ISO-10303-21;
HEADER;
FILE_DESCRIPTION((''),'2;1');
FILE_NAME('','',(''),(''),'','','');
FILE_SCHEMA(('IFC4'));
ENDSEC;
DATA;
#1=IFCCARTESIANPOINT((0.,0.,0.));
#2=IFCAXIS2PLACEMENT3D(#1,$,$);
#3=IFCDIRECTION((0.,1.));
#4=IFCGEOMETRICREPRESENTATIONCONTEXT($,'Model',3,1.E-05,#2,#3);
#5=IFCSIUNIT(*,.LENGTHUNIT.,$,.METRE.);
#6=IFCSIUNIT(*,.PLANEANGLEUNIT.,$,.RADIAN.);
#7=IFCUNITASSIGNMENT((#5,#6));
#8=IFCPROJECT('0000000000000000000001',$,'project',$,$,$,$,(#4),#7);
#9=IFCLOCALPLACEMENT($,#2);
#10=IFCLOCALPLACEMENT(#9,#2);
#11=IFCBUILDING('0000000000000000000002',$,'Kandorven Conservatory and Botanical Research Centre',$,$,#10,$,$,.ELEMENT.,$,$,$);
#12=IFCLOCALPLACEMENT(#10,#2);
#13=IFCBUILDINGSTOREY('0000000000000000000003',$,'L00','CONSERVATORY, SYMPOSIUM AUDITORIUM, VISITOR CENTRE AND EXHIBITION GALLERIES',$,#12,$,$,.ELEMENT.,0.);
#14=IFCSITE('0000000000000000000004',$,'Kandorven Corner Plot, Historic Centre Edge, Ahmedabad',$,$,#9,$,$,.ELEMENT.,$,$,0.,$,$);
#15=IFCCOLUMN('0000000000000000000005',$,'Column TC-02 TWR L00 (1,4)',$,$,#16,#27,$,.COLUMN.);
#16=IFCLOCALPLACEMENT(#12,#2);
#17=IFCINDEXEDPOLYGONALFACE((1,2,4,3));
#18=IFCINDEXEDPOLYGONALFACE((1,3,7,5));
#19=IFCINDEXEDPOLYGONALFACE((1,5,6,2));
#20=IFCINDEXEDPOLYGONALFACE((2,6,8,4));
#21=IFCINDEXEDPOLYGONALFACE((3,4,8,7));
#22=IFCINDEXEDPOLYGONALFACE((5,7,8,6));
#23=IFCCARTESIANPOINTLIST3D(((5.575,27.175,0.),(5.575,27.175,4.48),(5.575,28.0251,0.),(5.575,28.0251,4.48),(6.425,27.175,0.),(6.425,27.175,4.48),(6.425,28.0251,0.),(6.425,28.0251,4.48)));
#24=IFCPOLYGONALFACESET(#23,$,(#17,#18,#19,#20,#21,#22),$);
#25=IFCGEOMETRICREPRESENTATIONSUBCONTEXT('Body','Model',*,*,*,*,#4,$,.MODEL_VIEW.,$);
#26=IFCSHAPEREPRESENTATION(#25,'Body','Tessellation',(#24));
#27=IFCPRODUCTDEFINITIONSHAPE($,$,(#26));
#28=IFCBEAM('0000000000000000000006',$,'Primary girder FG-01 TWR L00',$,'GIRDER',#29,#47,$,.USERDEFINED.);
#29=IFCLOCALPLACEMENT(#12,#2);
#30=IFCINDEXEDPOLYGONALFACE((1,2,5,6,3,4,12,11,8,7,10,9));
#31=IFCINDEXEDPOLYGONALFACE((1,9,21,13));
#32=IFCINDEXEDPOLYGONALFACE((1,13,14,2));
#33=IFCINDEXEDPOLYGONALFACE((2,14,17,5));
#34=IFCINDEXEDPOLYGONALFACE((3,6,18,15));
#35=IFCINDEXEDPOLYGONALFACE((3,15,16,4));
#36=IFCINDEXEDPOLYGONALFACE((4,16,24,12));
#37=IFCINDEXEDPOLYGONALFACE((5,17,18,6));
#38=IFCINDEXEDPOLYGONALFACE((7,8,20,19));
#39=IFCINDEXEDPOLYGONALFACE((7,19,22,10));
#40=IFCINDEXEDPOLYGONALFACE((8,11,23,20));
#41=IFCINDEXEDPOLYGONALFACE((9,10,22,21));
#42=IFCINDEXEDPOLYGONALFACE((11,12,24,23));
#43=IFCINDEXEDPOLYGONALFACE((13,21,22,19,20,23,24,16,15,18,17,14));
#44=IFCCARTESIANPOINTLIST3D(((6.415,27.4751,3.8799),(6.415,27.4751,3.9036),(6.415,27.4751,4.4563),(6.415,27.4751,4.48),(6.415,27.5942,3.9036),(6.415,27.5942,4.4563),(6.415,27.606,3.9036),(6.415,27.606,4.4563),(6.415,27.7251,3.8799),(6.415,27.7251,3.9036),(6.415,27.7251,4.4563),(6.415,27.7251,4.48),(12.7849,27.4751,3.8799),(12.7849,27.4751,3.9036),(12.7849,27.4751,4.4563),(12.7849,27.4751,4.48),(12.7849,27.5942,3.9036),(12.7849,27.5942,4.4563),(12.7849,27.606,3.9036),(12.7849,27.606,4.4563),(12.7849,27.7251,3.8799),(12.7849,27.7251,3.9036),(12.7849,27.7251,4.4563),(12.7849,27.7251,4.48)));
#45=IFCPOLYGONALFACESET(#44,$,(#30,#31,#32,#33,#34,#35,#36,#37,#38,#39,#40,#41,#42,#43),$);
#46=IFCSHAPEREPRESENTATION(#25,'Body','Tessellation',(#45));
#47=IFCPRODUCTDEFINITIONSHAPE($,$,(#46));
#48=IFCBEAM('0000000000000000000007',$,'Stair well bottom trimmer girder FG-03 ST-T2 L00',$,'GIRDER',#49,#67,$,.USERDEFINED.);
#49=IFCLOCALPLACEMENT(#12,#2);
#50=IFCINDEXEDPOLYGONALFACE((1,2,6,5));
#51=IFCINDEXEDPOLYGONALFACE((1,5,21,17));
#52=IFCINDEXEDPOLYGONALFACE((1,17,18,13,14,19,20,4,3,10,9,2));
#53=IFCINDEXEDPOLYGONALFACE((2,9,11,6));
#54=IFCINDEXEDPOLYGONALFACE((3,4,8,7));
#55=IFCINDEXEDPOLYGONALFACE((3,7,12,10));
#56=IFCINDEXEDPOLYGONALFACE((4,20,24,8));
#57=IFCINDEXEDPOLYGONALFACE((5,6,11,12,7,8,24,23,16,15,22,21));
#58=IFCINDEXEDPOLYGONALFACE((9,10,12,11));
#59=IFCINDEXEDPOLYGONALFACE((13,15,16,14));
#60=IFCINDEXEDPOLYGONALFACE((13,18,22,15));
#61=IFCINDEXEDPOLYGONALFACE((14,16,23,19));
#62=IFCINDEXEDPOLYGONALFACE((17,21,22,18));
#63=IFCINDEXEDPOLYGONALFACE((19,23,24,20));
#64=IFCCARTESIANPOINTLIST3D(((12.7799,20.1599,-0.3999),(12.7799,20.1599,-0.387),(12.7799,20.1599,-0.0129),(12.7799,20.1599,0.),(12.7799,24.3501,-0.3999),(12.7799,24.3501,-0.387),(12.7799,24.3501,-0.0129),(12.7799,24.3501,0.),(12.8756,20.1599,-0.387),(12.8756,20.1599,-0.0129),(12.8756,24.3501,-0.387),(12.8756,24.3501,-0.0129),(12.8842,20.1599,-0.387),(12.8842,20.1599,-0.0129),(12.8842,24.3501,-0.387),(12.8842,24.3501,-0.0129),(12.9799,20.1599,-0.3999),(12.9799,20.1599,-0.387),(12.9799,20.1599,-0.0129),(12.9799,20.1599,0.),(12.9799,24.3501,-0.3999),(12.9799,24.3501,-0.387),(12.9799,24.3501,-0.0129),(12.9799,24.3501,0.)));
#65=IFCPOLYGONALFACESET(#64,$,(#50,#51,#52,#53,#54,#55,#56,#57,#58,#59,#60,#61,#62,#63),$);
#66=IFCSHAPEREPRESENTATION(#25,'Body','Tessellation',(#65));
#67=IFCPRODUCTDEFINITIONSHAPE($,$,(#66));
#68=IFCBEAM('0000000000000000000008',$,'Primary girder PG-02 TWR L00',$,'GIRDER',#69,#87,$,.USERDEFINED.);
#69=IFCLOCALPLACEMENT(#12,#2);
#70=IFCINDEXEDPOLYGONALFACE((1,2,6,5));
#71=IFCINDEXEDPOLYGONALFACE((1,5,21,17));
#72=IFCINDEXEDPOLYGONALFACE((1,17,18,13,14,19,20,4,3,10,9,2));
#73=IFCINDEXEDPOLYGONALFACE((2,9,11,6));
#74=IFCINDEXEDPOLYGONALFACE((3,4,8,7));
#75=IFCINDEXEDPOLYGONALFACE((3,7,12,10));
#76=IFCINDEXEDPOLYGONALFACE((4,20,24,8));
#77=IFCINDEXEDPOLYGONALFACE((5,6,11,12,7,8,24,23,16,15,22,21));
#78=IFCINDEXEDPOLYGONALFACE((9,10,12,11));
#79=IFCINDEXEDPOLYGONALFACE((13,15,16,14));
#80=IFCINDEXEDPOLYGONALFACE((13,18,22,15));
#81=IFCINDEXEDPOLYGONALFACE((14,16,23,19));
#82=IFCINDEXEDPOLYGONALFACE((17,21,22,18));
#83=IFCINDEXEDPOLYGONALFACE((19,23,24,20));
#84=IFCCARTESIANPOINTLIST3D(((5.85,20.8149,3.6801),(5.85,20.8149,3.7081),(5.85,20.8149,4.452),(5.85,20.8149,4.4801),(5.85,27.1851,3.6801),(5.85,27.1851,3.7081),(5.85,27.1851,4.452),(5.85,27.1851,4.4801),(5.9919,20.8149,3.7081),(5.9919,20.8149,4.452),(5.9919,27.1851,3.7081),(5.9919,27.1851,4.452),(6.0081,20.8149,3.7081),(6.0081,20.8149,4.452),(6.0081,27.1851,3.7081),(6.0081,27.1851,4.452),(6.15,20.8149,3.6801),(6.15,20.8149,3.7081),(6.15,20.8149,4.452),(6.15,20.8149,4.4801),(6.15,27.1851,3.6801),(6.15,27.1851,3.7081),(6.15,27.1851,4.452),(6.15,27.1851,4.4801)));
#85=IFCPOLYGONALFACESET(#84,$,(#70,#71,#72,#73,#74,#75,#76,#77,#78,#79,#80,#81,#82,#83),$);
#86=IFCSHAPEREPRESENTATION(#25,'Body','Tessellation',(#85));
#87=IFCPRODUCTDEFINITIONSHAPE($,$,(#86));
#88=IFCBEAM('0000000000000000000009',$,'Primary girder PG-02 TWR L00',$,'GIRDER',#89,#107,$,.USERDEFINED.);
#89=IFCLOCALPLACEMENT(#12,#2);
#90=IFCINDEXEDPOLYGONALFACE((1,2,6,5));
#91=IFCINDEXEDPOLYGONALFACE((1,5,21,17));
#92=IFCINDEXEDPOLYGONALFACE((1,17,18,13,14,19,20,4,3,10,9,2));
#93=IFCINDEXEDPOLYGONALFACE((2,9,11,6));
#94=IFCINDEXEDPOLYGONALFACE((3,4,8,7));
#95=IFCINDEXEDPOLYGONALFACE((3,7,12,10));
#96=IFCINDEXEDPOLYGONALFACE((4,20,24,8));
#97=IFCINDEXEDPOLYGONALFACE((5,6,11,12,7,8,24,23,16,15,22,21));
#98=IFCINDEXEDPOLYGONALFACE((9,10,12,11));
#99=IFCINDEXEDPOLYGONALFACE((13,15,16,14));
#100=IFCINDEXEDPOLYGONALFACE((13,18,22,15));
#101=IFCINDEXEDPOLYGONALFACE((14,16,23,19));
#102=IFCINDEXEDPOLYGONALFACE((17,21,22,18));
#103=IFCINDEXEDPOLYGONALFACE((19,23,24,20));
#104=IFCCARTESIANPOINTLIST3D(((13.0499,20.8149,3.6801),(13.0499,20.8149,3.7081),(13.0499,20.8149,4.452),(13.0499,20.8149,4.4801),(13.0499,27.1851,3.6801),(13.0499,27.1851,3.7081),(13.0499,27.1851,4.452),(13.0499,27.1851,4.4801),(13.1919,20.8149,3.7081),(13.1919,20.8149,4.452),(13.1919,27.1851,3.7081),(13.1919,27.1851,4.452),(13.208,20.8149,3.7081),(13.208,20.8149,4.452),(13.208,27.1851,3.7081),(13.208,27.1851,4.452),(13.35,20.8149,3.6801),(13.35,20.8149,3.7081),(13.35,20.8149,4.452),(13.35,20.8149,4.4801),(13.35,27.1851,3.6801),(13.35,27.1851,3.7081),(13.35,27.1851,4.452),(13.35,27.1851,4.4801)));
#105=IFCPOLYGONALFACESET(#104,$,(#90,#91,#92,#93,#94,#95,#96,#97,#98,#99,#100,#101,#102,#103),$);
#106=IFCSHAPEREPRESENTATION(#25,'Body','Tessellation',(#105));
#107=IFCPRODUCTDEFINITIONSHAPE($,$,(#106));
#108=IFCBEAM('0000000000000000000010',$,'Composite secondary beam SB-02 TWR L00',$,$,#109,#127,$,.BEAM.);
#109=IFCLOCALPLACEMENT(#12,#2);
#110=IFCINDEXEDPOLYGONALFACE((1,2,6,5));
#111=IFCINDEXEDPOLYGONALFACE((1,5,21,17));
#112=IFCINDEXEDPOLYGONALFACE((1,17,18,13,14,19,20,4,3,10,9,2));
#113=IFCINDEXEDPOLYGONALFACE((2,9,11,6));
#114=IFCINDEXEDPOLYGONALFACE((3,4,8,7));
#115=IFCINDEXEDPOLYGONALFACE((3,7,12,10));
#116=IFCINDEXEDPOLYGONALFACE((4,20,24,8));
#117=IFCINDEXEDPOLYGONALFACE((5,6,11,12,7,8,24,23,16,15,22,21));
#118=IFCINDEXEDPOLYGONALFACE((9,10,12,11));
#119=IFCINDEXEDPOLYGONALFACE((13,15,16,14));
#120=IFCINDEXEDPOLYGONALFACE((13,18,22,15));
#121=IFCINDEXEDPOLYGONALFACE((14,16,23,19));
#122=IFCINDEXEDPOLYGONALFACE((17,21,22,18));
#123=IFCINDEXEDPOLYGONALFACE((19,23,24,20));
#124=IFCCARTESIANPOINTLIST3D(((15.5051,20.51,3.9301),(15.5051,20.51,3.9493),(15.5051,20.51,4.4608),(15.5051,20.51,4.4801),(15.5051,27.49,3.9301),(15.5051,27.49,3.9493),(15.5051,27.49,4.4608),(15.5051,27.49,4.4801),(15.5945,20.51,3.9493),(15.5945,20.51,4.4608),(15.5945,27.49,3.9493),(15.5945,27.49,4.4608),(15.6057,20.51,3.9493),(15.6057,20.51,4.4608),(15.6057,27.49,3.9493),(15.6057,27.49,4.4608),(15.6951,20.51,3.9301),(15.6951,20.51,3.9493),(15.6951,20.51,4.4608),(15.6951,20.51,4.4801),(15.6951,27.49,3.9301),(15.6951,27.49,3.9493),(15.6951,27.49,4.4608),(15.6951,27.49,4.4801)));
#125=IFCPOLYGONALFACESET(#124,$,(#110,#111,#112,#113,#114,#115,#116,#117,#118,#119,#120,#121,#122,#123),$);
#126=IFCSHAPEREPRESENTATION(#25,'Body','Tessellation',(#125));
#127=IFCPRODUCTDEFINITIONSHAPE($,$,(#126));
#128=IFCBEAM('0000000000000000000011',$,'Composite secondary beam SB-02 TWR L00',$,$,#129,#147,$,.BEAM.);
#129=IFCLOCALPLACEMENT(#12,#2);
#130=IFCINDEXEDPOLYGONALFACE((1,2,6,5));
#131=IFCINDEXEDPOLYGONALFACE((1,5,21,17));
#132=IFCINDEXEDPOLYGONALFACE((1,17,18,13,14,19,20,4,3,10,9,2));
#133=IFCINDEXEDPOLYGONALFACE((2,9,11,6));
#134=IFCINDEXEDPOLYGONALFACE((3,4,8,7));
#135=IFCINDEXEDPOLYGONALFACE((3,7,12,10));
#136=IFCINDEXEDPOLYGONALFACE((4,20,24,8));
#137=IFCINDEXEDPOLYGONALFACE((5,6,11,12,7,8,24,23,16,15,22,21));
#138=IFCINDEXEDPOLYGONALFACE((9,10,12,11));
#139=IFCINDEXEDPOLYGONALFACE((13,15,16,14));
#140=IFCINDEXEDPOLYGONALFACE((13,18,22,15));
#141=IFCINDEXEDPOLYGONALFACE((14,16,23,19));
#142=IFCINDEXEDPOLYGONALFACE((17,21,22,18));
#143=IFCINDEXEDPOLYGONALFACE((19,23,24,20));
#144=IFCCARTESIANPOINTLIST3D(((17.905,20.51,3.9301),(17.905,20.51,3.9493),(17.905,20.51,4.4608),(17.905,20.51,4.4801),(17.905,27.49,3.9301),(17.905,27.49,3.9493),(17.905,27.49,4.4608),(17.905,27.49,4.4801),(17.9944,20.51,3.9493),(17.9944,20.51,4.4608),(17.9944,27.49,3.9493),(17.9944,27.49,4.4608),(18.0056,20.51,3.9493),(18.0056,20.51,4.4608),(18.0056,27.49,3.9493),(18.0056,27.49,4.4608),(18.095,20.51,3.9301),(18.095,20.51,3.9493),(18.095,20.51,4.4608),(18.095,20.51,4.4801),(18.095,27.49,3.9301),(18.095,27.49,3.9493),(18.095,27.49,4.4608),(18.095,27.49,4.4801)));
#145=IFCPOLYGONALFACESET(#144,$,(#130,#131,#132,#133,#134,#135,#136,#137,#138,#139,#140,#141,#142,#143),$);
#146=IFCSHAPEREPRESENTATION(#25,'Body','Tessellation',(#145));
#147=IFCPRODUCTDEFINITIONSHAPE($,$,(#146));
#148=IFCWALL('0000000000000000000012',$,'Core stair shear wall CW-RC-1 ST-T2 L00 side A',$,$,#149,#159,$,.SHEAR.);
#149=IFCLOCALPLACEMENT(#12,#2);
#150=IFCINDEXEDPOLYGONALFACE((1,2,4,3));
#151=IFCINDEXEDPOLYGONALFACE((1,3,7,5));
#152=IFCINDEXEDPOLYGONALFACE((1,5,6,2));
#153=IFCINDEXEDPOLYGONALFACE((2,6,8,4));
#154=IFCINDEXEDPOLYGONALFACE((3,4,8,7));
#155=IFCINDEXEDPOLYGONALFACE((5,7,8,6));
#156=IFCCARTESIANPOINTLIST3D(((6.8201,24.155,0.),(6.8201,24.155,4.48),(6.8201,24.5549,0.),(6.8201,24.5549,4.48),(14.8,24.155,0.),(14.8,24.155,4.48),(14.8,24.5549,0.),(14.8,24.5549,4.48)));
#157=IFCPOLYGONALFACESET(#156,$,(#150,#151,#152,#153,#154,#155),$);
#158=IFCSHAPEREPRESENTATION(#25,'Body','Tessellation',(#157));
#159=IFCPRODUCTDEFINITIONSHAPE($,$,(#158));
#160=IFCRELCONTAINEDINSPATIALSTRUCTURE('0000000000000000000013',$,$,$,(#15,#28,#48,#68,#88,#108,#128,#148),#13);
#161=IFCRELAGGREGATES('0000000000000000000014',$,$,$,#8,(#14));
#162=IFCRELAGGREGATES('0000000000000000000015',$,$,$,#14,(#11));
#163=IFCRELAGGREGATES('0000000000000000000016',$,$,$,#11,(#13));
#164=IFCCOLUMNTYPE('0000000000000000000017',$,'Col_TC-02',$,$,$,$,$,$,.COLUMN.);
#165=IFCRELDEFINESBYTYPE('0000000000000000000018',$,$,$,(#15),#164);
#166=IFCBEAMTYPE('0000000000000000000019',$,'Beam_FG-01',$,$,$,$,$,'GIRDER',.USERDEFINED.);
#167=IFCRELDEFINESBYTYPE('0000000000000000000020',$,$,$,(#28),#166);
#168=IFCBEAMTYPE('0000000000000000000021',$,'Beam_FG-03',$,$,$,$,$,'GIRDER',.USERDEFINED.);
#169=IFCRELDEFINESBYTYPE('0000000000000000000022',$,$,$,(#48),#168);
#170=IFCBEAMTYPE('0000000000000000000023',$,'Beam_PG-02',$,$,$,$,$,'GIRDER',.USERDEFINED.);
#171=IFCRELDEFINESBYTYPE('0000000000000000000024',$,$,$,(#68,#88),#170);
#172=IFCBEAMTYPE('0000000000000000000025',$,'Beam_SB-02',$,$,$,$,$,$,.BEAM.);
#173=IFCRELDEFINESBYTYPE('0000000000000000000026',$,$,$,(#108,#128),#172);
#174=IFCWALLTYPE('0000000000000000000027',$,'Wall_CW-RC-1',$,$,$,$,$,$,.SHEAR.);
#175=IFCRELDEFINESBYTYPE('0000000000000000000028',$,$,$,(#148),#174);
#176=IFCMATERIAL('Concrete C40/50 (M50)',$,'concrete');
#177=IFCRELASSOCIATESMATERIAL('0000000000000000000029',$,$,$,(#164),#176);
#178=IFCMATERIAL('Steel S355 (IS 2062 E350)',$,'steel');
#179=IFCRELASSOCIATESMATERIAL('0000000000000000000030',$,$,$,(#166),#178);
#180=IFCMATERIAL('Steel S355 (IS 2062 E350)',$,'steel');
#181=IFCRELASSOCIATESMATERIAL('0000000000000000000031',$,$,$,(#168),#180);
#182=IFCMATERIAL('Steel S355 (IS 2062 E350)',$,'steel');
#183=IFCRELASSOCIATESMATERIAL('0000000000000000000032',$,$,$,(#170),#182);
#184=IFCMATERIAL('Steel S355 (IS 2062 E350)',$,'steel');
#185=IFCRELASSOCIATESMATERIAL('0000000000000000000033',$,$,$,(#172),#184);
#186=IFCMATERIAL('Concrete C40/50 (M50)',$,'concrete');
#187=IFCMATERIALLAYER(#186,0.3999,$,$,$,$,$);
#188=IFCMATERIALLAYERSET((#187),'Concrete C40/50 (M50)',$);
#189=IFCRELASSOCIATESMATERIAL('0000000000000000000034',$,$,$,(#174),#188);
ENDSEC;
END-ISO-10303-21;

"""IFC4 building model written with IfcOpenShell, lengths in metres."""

from ifc_helpers import new_model, si_unit, direction, frame, frame_2d, origin, origin_2d, place, context, subcontext, project, spatial, rectangle, i_section, extrude, material, layer, layer_set, material_profile, profile_set, type_object, element, save


model = new_model("IFC4")

# Units and contexts
model_context = context("Model", 3, precision=1e-05, world=origin(), true_north=direction((0.0, 1.0)))
body_context = subcontext(model_context, "Body", "Model", "MODEL_VIEW")
ifc_project = project(units=[si_unit("LENGTHUNIT", "METRE"), si_unit("PLANEANGLEUNIT", "RADIAN")], contexts=[model_context])

# Site, building, storey
site_placement = place(None, origin())
site = spatial("IfcSite", under=ifc_project, at=site_placement, Name="Kandorven Corner Plot, Historic Centre Edge, Ahmedabad", CompositionType="ELEMENT", RefElevation=0.0)
building_placement = place(site_placement, origin())
building = spatial("IfcBuilding", under=site, at=building_placement, Name="Kandorven Conservatory and Botanical Research Centre", CompositionType="ELEMENT")
storey_placement = place(building_placement, origin())
storey = spatial("IfcBuildingStorey", under=building, at=storey_placement, Name="L00", Description="CONSERVATORY, SYMPOSIUM AUDITORIUM, VISITOR CENTRE AND EXHIBITION GALLERIES", CompositionType="ELEMENT", Elevation=0.0)

# Column
ifc_material_1 = material(Name="Concrete C40/50 (M50)", Category="concrete")
ifc_material_profile_1 = material_profile(ifc_material_1, rectangle(XDim=0.8501, YDim=0.8501, at=origin_2d()))
ifc_profile_set_1 = profile_set([ifc_material_profile_1], Name="Concrete C40/50 (M50)")
column_type = type_object("IfcColumnType", Name="Col_TC-02", PredefinedType="COLUMN", material=ifc_profile_set_1)
column_placement = place(storey_placement, frame((6.0, 27.6001, 0.0), z_axis=(0.0, 0.0, 1.0), x_axis=(1.0, 0.0, 0.0)))
element("IfcColumn", 1, at=column_placement, inside=storey, type_object=column_type, Name="Column TC-02 TWR L00 (1,4)", PredefinedType="COLUMN", context=body_context, shape_type="SweptSolid", body=[
    extrude(rectangle(XDim=0.8501, YDim=0.8501, at=origin_2d()), origin(), (0.0, 0.0, 1.0), 4.48),
])

# Beams
ifc_material_2 = material(Name="Steel S355 (IS 2062 E350)", Category="steel")
ifc_material_profile_2 = material_profile(ifc_material_2, i_section(OverallWidth=0.25, OverallDepth=0.6001, WebThickness=0.0117, FlangeThickness=0.0237, at=origin_2d()))
ifc_profile_set_2 = profile_set([ifc_material_profile_2], Name="Steel S355 (IS 2062 E350)")
beam_type_1 = type_object("IfcBeamType", Name="Beam_FG-01", ElementType="GIRDER", PredefinedType="USERDEFINED", material=ifc_profile_set_2)
beam_1_placement = place(storey_placement, frame((6.415, 27.6001, 4.1799), z_axis=(1.0, 0.0, 0.0), x_axis=(0.0, 1.0, 0.0)))
element("IfcBeam", 2, at=beam_1_placement, inside=storey, type_object=beam_type_1, Name="Primary girder FG-01 TWR L00", ObjectType="GIRDER", PredefinedType="USERDEFINED", context=body_context, shape_type="SweptSolid", body=[
    extrude(i_section(OverallWidth=0.25, OverallDepth=0.6001, WebThickness=0.0117, FlangeThickness=0.0237, at=origin_2d()), origin(), (0.0, 0.0, 1.0), 6.3699),
])
ifc_material_3 = material(Name="Steel S355 (IS 2062 E350)", Category="steel")
ifc_material_profile_3 = material_profile(ifc_material_3, i_section(OverallWidth=0.2, OverallDepth=0.3999, WebThickness=0.0085, FlangeThickness=0.0129, at=origin_2d()))
ifc_profile_set_3 = profile_set([ifc_material_profile_3], Name="Steel S355 (IS 2062 E350)")
beam_type_2 = type_object("IfcBeamType", Name="Beam_FG-03", ElementType="GIRDER", PredefinedType="USERDEFINED", material=ifc_profile_set_3)
beam_2_placement = place(storey_placement, frame((12.8799, 24.3501, -0.2), z_axis=(0.0, -1.0, 0.0), x_axis=(1.0, 0.0, 0.0)))
element("IfcBeam", 3, at=beam_2_placement, inside=storey, type_object=beam_type_2, Name="Stair well bottom trimmer girder FG-03 ST-T2 L00", ObjectType="GIRDER", PredefinedType="USERDEFINED", context=body_context, shape_type="SweptSolid", body=[
    extrude(i_section(OverallWidth=0.2, OverallDepth=0.3999, WebThickness=0.0085, FlangeThickness=0.0129, at=origin_2d()), origin(), (0.0, 0.0, 1.0), 4.1902),
])
ifc_material_4 = material(Name="Steel S355 (IS 2062 E350)", Category="steel")
ifc_material_profile_4 = material_profile(ifc_material_4, i_section(OverallWidth=0.3, OverallDepth=0.8, WebThickness=0.0161, FlangeThickness=0.0281, at=origin_2d()))
ifc_profile_set_4 = profile_set([ifc_material_profile_4], Name="Steel S355 (IS 2062 E350)")
beam_type_3 = type_object("IfcBeamType", Name="Beam_PG-02", ElementType="GIRDER", PredefinedType="USERDEFINED", material=ifc_profile_set_4)
for number, where, z_axis, x_axis, name in (
    (4, (6.0, 20.8149, 4.0801), (0.0, 1.0, 0.0), (-1.0, 0.0, 0.0), "Primary girder PG-02 TWR L00"),
    (5, (13.2, 20.8149, 4.0801), (0.0, 1.0, 0.0), (-1.0, 0.0, 0.0), "Primary girder PG-02 TWR L00"),
):
    element("IfcBeam", number, at=place(storey_placement, frame(where, z_axis=z_axis, x_axis=x_axis)), inside=storey, type_object=beam_type_3, Name=name, ObjectType="GIRDER", PredefinedType="USERDEFINED", context=body_context, shape_type="SweptSolid", body=[
        extrude(i_section(OverallWidth=0.3, OverallDepth=0.8, WebThickness=0.0161, FlangeThickness=0.0281, at=origin_2d()), origin(), (0.0, 0.0, 1.0), 6.3701),
    ])
ifc_material_5 = material(Name="Steel S355 (IS 2062 E350)", Category="steel")
ifc_material_profile_5 = material_profile(ifc_material_5, i_section(OverallWidth=0.1899, OverallDepth=0.55, WebThickness=0.0112, FlangeThickness=0.0193, at=origin_2d()))
ifc_profile_set_5 = profile_set([ifc_material_profile_5], Name="Steel S355 (IS 2062 E350)")
beam_type_4 = type_object("IfcBeamType", Name="Beam_SB-02", PredefinedType="BEAM", material=ifc_profile_set_5)
for number, where, z_axis, x_axis, name in (
    (6, (15.6001, 20.51, 4.2051), (0.0, 1.0, 0.0), (-1.0, 0.0, 0.0), "Composite secondary beam SB-02 TWR L00"),
    (7, (18.0, 20.51, 4.2051), (0.0, 1.0, 0.0), (-1.0, 0.0, 0.0), "Composite secondary beam SB-02 TWR L00"),
):
    element("IfcBeam", number, at=place(storey_placement, frame(where, z_axis=z_axis, x_axis=x_axis)), inside=storey, type_object=beam_type_4, Name=name, PredefinedType="BEAM", context=body_context, shape_type="SweptSolid", body=[
        extrude(i_section(OverallWidth=0.1899, OverallDepth=0.55, WebThickness=0.0112, FlangeThickness=0.0193, at=origin_2d()), origin(), (0.0, 0.0, 1.0), 6.98),
    ])

# Wall
ifc_material_6 = material(Name="Concrete C40/50 (M50)", Category="concrete")
ifc_layer_1 = layer(ifc_material_6, 0.3999)
ifc_layer_set_1 = layer_set([ifc_layer_1], Name="Concrete C40/50 (M50)")
wall_type_1 = type_object("IfcWallType", Name="Wall_CW-RC-1", PredefinedType="SHEAR", material=ifc_layer_set_1)
wall_1_placement = place(storey_placement, frame((14.8, 24.355, 0.0), z_axis=(0.0, 0.0, 1.0), x_axis=(-1.0, 0.0, 0.0)))
element("IfcWall", 8, at=wall_1_placement, inside=storey, type_object=wall_type_1, Name="Core stair shear wall CW-RC-1 ST-T2 L00 side A", PredefinedType="SHEAR", context=body_context, shape_type="SweptSolid", body=[
    extrude(rectangle(XDim=7.98, YDim=0.3999, at=frame_2d((3.99, 0.0))), origin(), (0.0, 0.0, 1.0), 4.48),
])

save(model, "model.ifc")
